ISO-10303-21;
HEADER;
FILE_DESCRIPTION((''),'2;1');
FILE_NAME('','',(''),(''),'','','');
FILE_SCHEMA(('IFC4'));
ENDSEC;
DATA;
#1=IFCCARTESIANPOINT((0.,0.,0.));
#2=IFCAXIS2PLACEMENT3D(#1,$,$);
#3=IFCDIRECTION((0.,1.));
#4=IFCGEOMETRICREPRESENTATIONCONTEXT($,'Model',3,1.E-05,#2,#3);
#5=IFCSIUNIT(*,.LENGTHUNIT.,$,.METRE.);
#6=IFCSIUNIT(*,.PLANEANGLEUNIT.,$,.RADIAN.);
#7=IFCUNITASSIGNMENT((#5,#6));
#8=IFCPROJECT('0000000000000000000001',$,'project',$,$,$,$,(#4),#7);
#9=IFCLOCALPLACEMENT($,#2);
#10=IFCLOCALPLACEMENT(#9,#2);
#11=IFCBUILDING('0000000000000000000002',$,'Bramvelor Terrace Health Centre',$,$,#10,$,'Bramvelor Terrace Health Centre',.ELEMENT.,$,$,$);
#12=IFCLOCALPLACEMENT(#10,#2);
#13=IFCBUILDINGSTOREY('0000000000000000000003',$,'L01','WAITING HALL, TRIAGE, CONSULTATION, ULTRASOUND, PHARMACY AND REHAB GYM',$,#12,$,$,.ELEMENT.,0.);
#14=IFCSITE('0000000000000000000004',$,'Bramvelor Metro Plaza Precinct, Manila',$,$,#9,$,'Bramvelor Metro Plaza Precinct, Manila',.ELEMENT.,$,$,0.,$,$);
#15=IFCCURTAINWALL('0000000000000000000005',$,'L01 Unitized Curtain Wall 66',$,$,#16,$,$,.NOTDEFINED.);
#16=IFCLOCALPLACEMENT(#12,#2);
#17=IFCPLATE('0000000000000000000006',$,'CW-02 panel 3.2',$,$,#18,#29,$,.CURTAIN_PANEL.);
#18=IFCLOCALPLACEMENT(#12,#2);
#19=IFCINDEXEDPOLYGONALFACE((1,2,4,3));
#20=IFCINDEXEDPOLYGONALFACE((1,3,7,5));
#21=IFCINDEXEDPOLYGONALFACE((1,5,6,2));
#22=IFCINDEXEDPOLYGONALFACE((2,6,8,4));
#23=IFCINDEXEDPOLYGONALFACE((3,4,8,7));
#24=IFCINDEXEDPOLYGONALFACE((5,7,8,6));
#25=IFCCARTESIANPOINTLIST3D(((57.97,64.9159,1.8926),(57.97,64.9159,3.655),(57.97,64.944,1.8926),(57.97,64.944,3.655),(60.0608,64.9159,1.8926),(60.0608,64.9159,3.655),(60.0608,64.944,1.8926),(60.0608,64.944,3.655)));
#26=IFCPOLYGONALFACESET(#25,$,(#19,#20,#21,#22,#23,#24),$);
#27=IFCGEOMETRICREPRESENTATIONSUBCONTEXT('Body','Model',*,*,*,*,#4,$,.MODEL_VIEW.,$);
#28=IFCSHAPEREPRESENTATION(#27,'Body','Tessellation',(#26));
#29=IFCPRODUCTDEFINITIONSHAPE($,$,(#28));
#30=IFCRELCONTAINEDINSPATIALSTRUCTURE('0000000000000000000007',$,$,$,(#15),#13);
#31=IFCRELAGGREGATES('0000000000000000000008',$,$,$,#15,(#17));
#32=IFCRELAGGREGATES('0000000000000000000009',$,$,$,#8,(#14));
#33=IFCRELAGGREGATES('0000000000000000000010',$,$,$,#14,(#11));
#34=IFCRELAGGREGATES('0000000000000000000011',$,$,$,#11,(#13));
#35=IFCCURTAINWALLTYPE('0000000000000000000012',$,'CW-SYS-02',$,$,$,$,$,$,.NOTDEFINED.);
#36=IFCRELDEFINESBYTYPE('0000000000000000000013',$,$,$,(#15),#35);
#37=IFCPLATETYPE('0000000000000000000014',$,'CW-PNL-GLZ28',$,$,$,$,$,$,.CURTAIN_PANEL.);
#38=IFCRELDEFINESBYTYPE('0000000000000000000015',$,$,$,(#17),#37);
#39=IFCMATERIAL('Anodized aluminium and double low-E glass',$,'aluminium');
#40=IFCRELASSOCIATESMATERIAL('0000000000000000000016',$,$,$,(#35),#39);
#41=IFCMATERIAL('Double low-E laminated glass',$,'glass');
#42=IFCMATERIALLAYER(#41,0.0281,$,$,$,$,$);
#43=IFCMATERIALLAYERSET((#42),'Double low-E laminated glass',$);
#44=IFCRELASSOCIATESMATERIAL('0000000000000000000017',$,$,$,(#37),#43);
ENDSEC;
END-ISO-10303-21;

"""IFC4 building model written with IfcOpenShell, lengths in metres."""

from ifc_helpers import new_model, si_unit, direction, frame, origin, origin_2d, place, context, subcontext, project, spatial, rectangle, extrude, material, layer, layer_set, type_object, element, aggregate, save


model = new_model("IFC4")

# Units and contexts
model_context = context("Model", 3, precision=1e-05, world=origin(), true_north=direction((0.0, 1.0)))
body_context = subcontext(model_context, "Body", "Model", "MODEL_VIEW")
ifc_project = project(units=[si_unit("LENGTHUNIT", "METRE"), si_unit("PLANEANGLEUNIT", "RADIAN")], contexts=[model_context])

# Site, building, storey
site_placement = place(None, origin())
site = spatial("IfcSite", under=ifc_project, at=site_placement, Name="Bramvelor Metro Plaza Precinct, Manila", LongName="Bramvelor Metro Plaza Precinct, Manila", CompositionType="ELEMENT", RefElevation=0.0)
building_placement = place(site_placement, origin())
building = spatial("IfcBuilding", under=site, at=building_placement, Name="Bramvelor Terrace Health Centre", LongName="Bramvelor Terrace Health Centre", CompositionType="ELEMENT")
storey_placement = place(building_placement, origin())
storey = spatial("IfcBuildingStorey", under=building, at=storey_placement, Name="L01", Description="WAITING HALL, TRIAGE, CONSULTATION, ULTRASOUND, PHARMACY AND REHAB GYM", CompositionType="ELEMENT", Elevation=0.0)

# Shared definitions
ifc_material_1 = material(Name="Anodized aluminium and double low-E glass", Category="aluminium")
curtain_wall_type = type_object("IfcCurtainWallType", Name="CW-SYS-02", PredefinedType="NOTDEFINED", material=ifc_material_1)

# Curtain wall, plate
curtain_wall_1_placement = place(storey_placement, origin())
curtain_wall_1 = element("IfcCurtainWall", 1, at=curtain_wall_1_placement, inside=storey, type_object=curtain_wall_type, Name="L01 Unitized Curtain Wall 66", PredefinedType="NOTDEFINED")
ifc_material_2 = material(Name="Double low-E laminated glass", Category="glass")
ifc_layer = layer(ifc_material_2, 0.0281)
ifc_layer_set = layer_set([ifc_layer], Name="Double low-E laminated glass")
plate_type = type_object("IfcPlateType", Name="CW-PNL-GLZ28", PredefinedType="CURTAIN_PANEL", material=ifc_layer_set)
plate_1_placement = place(storey_placement, frame((59.0154, 64.9299, 1.8926), z_axis=(0.0, 0.0, 1.0), x_axis=(-1.0, 0.0, 0.0)))
plate_1 = element("IfcPlate", 2, at=plate_1_placement, type_object=plate_type, Name="CW-02 panel 3.2", PredefinedType="CURTAIN_PANEL", context=body_context, shape_type="SweptSolid", body=[
    extrude(rectangle(XDim=2.0908, YDim=0.0281, at=origin_2d()), origin(), (0.0, 0.0, 1.0), 1.7625),
])
aggregate(curtain_wall_1, [plate_1])

save(model, "model.ifc")
